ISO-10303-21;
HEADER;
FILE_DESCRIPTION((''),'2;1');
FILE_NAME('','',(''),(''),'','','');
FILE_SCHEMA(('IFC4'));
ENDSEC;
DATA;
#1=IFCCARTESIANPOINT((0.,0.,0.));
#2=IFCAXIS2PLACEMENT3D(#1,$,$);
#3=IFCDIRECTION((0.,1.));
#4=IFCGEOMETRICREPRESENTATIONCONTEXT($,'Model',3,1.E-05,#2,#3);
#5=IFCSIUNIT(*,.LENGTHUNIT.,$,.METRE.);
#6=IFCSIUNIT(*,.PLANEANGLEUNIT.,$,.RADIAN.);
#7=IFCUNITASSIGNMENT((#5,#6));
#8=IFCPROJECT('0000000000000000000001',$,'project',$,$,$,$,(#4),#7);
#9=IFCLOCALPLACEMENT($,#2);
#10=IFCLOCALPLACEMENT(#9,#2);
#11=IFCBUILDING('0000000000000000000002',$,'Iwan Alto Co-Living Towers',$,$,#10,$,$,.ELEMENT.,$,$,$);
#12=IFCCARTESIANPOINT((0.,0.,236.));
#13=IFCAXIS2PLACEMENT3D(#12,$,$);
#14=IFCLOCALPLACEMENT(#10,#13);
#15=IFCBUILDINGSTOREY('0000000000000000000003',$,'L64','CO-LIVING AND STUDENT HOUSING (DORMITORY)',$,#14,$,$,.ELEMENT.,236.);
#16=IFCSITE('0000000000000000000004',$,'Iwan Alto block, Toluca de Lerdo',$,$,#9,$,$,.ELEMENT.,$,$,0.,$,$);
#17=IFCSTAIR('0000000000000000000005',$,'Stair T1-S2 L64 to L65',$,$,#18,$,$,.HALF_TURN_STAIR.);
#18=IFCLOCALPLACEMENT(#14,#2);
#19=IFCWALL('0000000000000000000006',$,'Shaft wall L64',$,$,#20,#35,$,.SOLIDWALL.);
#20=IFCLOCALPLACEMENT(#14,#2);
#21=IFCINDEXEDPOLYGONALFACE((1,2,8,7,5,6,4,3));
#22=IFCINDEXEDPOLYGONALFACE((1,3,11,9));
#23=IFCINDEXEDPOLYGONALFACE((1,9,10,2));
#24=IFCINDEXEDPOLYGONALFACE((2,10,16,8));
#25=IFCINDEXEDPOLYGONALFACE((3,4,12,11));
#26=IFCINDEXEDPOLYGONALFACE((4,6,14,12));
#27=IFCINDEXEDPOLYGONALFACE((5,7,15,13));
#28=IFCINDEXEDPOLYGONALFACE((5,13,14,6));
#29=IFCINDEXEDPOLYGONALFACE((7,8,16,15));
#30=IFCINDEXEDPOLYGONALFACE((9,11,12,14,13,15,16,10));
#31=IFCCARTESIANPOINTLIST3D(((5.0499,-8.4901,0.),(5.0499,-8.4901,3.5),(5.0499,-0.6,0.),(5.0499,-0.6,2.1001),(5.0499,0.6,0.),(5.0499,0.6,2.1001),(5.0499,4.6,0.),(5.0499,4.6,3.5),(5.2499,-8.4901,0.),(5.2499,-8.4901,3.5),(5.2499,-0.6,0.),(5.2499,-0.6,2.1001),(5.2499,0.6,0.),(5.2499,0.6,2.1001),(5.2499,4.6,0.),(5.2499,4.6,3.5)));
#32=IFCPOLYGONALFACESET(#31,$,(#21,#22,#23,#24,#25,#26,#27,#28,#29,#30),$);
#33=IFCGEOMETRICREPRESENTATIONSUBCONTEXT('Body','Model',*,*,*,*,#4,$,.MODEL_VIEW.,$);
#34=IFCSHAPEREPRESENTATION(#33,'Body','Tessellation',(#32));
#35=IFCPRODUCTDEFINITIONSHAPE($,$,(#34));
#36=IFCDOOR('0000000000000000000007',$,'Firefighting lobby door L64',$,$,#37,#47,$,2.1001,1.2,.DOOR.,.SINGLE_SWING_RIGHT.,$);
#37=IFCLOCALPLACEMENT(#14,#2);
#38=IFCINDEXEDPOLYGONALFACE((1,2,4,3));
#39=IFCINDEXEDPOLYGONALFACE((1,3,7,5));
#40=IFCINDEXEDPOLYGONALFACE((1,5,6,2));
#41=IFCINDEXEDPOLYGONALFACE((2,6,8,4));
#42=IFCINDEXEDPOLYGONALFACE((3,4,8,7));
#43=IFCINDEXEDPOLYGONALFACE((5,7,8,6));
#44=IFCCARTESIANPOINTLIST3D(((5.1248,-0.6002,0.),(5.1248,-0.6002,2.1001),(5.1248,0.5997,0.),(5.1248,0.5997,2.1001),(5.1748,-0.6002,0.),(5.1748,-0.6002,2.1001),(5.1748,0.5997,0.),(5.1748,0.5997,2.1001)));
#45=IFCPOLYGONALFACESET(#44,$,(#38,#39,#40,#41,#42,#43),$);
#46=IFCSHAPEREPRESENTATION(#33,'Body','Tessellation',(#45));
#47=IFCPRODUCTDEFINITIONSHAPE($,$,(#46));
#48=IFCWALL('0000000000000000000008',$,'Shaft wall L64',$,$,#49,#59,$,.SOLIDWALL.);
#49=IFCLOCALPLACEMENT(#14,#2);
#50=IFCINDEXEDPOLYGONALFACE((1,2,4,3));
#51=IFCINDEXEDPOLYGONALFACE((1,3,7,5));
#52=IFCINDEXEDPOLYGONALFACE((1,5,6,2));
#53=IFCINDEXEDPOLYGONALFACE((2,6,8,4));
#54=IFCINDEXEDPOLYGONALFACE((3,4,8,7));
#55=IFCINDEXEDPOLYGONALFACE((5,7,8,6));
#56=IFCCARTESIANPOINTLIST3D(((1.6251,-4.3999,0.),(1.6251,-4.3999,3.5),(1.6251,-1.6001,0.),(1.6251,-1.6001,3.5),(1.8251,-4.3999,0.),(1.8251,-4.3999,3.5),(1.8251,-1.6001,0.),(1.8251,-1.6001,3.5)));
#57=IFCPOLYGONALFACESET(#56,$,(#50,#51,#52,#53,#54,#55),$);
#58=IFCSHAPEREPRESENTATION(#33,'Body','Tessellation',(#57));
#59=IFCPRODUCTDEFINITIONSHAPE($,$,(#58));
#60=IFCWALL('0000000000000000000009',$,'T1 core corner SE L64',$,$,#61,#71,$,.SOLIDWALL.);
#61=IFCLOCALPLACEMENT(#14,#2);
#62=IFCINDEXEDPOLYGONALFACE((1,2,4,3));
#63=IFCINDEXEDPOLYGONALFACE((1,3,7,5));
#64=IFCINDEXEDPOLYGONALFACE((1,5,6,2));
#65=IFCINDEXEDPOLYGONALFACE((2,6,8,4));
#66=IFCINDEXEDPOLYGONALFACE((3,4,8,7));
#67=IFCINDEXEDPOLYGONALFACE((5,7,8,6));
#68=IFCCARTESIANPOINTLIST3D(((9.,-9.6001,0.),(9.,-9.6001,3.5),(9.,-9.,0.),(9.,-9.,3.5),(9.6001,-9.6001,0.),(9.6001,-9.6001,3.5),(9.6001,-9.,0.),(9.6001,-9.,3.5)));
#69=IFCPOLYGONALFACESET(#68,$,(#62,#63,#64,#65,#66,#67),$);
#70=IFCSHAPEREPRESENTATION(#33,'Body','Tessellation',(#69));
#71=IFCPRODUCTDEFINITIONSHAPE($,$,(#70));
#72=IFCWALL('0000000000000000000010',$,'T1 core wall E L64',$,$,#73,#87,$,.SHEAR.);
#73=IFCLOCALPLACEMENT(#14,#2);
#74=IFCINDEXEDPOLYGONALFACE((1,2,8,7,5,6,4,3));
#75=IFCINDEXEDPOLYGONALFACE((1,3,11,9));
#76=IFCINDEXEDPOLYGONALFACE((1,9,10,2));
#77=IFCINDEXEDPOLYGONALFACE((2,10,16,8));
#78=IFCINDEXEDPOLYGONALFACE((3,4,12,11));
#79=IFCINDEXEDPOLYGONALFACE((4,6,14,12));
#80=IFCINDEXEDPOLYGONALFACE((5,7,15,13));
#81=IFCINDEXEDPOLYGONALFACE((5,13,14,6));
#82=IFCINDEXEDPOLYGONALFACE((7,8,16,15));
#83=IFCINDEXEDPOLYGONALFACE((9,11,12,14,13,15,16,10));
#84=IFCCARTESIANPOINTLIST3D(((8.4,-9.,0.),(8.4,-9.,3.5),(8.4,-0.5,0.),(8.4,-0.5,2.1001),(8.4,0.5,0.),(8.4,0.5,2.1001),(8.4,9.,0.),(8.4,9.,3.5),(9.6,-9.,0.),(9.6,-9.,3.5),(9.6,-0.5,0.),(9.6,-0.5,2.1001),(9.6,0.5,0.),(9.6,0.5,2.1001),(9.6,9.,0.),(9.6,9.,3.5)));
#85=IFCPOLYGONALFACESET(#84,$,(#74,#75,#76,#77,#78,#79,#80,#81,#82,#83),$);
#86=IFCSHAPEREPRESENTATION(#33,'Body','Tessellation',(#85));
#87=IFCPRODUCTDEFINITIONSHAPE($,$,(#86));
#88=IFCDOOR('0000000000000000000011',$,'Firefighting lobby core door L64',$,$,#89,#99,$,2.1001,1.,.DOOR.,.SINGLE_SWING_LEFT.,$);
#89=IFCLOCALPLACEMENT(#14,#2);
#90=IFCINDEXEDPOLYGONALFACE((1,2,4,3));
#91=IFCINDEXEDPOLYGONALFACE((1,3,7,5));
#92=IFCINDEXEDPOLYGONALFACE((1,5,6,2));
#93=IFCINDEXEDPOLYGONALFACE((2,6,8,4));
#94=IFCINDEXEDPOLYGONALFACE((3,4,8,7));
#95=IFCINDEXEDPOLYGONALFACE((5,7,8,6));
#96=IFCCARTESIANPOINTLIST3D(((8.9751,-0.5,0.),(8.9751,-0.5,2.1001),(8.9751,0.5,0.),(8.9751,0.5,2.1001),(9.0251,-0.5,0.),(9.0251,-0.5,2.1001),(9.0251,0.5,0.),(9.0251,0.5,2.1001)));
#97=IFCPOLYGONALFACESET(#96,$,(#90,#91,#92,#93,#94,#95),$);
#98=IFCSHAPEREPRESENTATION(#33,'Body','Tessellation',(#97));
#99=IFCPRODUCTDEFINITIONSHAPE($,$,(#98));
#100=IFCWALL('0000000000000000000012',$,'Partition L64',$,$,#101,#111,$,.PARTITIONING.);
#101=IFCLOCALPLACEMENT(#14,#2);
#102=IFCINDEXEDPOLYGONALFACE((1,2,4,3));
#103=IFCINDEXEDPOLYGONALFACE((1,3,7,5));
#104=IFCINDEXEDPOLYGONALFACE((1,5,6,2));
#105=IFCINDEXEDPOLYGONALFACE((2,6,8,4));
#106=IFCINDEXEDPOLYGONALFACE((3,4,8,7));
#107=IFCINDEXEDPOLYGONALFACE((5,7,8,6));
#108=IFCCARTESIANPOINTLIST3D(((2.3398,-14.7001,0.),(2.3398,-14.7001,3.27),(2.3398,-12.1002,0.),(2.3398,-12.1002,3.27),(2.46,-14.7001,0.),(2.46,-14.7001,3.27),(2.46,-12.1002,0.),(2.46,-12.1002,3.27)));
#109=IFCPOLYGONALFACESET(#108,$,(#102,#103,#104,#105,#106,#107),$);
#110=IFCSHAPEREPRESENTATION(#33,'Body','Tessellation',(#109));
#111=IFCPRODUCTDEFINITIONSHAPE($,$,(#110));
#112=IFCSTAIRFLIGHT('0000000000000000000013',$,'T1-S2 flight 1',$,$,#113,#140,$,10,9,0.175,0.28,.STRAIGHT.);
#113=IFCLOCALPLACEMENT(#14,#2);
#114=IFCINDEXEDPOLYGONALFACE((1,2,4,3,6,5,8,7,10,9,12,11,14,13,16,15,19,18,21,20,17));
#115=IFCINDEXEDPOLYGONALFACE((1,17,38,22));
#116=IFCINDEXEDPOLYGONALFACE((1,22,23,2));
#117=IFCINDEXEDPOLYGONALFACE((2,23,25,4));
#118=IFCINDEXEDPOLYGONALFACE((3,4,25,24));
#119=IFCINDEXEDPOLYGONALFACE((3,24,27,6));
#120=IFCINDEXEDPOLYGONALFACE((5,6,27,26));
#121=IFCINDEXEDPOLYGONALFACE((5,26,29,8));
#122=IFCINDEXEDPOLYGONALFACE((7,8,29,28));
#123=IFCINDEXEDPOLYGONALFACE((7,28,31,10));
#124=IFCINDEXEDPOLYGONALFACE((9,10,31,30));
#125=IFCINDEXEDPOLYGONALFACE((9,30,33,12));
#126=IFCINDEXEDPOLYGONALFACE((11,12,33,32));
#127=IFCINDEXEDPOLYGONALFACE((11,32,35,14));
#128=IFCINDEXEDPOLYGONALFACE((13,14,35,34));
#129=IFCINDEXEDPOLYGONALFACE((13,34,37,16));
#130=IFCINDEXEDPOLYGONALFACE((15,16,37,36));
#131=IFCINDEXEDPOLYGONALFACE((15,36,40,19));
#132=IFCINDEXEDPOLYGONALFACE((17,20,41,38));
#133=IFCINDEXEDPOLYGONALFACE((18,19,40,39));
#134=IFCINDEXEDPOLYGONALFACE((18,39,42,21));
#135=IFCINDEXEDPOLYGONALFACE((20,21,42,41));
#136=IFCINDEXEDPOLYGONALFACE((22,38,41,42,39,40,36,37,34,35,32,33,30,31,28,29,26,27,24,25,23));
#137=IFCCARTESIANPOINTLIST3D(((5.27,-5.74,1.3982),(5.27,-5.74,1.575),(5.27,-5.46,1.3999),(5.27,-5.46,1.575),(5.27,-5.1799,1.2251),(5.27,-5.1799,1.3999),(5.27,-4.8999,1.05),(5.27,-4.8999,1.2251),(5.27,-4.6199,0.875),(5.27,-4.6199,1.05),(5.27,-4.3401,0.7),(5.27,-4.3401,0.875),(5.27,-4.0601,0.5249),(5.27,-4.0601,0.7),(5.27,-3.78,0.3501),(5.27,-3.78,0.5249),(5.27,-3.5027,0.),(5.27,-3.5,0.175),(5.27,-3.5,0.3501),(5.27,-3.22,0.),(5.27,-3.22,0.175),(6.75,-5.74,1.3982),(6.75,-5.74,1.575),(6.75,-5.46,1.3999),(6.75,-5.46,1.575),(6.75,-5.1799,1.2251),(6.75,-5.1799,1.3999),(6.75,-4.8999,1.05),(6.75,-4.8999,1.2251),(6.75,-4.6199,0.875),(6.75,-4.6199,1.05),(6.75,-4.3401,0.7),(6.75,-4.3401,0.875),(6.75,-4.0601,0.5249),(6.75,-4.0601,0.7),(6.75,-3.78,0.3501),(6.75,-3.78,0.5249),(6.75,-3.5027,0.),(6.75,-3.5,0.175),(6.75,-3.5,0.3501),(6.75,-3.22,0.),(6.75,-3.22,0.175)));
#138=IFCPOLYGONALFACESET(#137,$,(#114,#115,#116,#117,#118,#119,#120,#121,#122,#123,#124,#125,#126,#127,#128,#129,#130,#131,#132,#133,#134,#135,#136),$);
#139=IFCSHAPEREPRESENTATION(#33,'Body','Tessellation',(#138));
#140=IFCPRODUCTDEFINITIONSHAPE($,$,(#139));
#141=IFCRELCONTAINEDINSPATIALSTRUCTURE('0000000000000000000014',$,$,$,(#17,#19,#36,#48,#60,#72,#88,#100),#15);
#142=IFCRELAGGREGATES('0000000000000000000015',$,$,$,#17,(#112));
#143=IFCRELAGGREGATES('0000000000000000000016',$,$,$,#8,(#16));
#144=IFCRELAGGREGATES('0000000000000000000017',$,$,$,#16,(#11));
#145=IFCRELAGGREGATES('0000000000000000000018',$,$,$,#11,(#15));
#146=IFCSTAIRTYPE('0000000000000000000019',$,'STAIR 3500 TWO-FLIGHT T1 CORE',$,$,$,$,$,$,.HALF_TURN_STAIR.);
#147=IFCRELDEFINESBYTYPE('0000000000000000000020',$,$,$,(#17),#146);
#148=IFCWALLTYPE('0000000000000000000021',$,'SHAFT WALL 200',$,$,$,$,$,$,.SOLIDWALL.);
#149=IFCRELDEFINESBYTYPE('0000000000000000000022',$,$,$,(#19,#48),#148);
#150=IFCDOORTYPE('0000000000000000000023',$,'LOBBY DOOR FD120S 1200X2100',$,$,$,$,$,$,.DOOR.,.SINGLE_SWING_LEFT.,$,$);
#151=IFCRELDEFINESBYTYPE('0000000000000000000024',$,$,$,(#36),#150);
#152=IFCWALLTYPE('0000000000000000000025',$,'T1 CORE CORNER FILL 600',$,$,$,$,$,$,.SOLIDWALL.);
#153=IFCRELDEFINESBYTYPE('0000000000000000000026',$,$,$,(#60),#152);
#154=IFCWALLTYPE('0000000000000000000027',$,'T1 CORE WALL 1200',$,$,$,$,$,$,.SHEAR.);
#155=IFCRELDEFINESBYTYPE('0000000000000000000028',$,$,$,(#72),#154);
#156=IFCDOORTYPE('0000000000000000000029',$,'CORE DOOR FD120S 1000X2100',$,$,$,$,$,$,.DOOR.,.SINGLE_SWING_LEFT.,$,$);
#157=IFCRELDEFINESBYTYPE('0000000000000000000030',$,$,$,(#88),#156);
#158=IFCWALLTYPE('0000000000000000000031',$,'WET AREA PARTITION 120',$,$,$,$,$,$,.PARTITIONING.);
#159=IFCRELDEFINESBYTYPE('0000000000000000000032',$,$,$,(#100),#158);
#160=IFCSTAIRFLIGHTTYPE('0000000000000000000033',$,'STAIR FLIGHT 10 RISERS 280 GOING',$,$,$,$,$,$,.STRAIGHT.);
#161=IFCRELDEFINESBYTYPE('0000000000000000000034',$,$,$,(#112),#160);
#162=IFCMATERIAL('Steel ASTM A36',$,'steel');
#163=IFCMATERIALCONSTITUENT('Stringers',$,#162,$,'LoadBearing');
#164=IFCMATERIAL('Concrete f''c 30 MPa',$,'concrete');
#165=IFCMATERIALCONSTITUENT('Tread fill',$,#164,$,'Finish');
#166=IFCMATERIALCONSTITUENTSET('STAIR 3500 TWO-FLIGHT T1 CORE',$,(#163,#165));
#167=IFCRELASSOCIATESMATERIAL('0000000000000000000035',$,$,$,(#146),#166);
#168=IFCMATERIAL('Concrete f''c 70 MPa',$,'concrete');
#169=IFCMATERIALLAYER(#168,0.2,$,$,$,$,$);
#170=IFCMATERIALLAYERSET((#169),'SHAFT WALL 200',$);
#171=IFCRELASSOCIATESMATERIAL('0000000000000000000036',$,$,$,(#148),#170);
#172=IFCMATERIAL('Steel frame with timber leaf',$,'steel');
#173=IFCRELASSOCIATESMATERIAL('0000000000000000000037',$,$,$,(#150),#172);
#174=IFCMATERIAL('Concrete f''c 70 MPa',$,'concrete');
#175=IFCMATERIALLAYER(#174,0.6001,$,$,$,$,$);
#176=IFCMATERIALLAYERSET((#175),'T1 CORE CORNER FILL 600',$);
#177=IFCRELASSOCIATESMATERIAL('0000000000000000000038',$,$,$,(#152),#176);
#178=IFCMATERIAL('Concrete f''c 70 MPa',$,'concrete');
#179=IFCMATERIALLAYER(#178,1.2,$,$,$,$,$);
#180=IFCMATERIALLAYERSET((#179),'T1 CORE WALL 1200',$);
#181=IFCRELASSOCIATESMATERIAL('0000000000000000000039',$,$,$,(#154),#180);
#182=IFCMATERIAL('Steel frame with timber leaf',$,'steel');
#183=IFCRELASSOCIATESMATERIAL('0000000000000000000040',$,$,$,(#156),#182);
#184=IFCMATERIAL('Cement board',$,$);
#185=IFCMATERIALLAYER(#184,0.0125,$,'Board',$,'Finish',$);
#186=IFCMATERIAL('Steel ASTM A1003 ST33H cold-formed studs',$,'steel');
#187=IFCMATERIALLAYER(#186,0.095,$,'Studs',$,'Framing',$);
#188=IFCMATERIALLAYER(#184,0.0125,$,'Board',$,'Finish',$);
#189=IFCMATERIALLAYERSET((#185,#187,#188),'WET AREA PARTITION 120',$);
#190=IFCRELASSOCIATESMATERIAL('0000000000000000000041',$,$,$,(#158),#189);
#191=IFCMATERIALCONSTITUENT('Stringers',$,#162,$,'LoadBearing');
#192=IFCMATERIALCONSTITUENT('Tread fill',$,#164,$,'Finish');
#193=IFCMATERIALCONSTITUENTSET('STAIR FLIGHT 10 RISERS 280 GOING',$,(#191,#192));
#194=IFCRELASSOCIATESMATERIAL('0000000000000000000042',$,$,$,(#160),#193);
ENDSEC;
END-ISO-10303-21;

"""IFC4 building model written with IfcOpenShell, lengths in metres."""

from ifc_helpers import new_model, si_unit, direction, frame, frame_2d, origin, place, context, subcontext, project, spatial, polyline, rectangle, outline, extrude, material, layer, layer_set, constituent, constituent_set, type_object, element, fill, aggregate, save


model = new_model("IFC4")

# Units and contexts
model_context = context("Model", 3, precision=1e-05, world=origin(), true_north=direction((0.0, 1.0)))
body_context = subcontext(model_context, "Body", "Model", "MODEL_VIEW")
ifc_project = project(units=[si_unit("LENGTHUNIT", "METRE"), si_unit("PLANEANGLEUNIT", "RADIAN")], contexts=[model_context])

# Site, building, storey
site_placement = place(None, origin())
site = spatial("IfcSite", under=ifc_project, at=site_placement, Name="Iwan Alto block, Toluca de Lerdo", CompositionType="ELEMENT", RefElevation=0.0)
building_placement = place(site_placement, origin())
building = spatial("IfcBuilding", under=site, at=building_placement, Name="Iwan Alto Co-Living Towers", CompositionType="ELEMENT")
storey_placement = place(building_placement, frame((0.0, 0.0, 236.0)))
storey = spatial("IfcBuildingStorey", under=building, at=storey_placement, Name="L64", Description="CO-LIVING AND STUDENT HOUSING (DORMITORY)", CompositionType="ELEMENT", Elevation=236.0)

# Stair
ifc_material_1 = material(Name="Steel ASTM A36", Category="steel")
ifc_constituent_1 = constituent(ifc_material_1, Name="Stringers", Category="LoadBearing")
ifc_material_2 = material(Name="Concrete f'c 30 MPa", Category="concrete")
ifc_constituent_2 = constituent(ifc_material_2, Name="Tread fill", Category="Finish")
ifc_constituent_set_1 = constituent_set(constituents=[ifc_constituent_1, ifc_constituent_2], Name="STAIR 3500 TWO-FLIGHT T1 CORE")
stair_type = type_object("IfcStairType", Name="STAIR 3500 TWO-FLIGHT T1 CORE", PredefinedType="HALF_TURN_STAIR", material=ifc_constituent_set_1)
stair_1_placement = place(storey_placement, origin())
stair_1 = element("IfcStair", 1, at=stair_1_placement, inside=storey, type_object=stair_type, Name="Stair T1-S2 L64 to L65", PredefinedType="HALF_TURN_STAIR")

# Wall, opening, door
ifc_material_3 = material(Name="Concrete f'c 70 MPa", Category="concrete")
ifc_layer_1 = layer(ifc_material_3, 0.2)
ifc_layer_set_1 = layer_set([ifc_layer_1], Name="SHAFT WALL 200")
wall_type_1 = type_object("IfcWallType", Name="SHAFT WALL 200", PredefinedType="SOLIDWALL", material=ifc_layer_set_1)
wall_1_placement = place(storey_placement, frame((5.1499, -8.49, 0.0), z_axis=(0.0, 0.0, 1.0), x_axis=(0.0, 1.0, 0.0)))
wall_1 = element("IfcWall", 2, at=wall_1_placement, inside=storey, type_object=wall_type_1, Name="Shaft wall L64", PredefinedType="SOLIDWALL", context=body_context, shape_type="SweptSolid", body=[
    extrude(rectangle(XDim=13.0901, YDim=0.2, at=frame_2d((6.5449, 0.0))), origin(), (0.0, 0.0, 1.0), 3.5),
])
opening_1_placement = place(wall_1_placement, frame((7.8899, 0.0, 0.0)))
opening_1 = element("IfcOpeningElement", 3, at=opening_1_placement, cuts=wall_1, PredefinedType="OPENING", context=body_context, shape_type="SweptSolid", body=[
    extrude(rectangle(XDim=1.2, YDim=2.1001, at=frame_2d((0.6001, 1.05))), frame((0.0, 0.1099, 0.0), z_axis=(0.0, -1.0, 0.0), x_axis=(1.0, 0.0, 0.0)), (0.0, 0.0, 1.0), 0.22),
])
ifc_material_4 = material(Name="Steel frame with timber leaf", Category="steel")
door_type_1 = type_object("IfcDoorType", Name="LOBBY DOOR FD120S 1200X2100", OperationType="SINGLE_SWING_LEFT", PredefinedType="DOOR", material=ifc_material_4)
door_1_placement = place(opening_1_placement, frame((1.2, 0.0, 0.0), z_axis=(0.0, 0.0, 1.0), x_axis=(-1.0, 0.0, 0.0)))
door_1 = element("IfcDoor", 4, at=door_1_placement, inside=storey, type_object=door_type_1, Name="Firefighting lobby door L64", OperationType="SINGLE_SWING_RIGHT", OverallHeight=2.1001, OverallWidth=1.2, PredefinedType="DOOR", context=body_context, shape_type="SweptSolid", body=[
    extrude(rectangle(XDim=1.2, YDim=2.1001, at=frame_2d((0.6001, 1.05))), frame((0.0, 0.0249, 0.0), z_axis=(0.0, -1.0, 0.0), x_axis=(1.0, 0.0, 0.0)), (0.0, 0.0, 1.0), 0.05),
])
fill(opening_1, door_1)

# Walls
wall_2_placement = place(storey_placement, frame((1.7251, -4.3999, 0.0), z_axis=(0.0, 0.0, 1.0), x_axis=(0.0, 1.0, 0.0)))
element("IfcWall", 5, at=wall_2_placement, inside=storey, type_object=wall_type_1, Name="Shaft wall L64", PredefinedType="SOLIDWALL", context=body_context, shape_type="SweptSolid", body=[
    extrude(rectangle(XDim=2.7998, YDim=0.2, at=frame_2d((1.3999, 0.0))), origin(), (0.0, 0.0, 1.0), 3.5),
])
ifc_material_5 = material(Name="Concrete f'c 70 MPa", Category="concrete")
ifc_layer_2 = layer(ifc_material_5, 0.6001)
ifc_layer_set_2 = layer_set([ifc_layer_2], Name="T1 CORE CORNER FILL 600")
wall_type_2 = type_object("IfcWallType", Name="T1 CORE CORNER FILL 600", PredefinedType="SOLIDWALL", material=ifc_layer_set_2)
wall_3_placement = place(storey_placement, frame((9.0, -9.3, 0.0), z_axis=(0.0, 0.0, 1.0), x_axis=(1.0, 0.0, 0.0)))
element("IfcWall", 6, at=wall_3_placement, inside=storey, type_object=wall_type_2, Name="T1 core corner SE L64", PredefinedType="SOLIDWALL", context=body_context, shape_type="SweptSolid", body=[
    extrude(rectangle(XDim=0.6001, YDim=0.6001, at=frame_2d((0.3, 0.0))), origin(), (0.0, 0.0, 1.0), 3.5),
])

# Wall, opening, door
ifc_material_6 = material(Name="Concrete f'c 70 MPa", Category="concrete")
ifc_layer_3 = layer(ifc_material_6, 1.2)
ifc_layer_set_3 = layer_set([ifc_layer_3], Name="T1 CORE WALL 1200")
wall_type_3 = type_object("IfcWallType", Name="T1 CORE WALL 1200", PredefinedType="SHEAR", material=ifc_layer_set_3)
wall_4_placement = place(storey_placement, frame((9.0, -9.0, 0.0), z_axis=(0.0, 0.0, 1.0), x_axis=(0.0, 1.0, 0.0)))
wall_4 = element("IfcWall", 7, at=wall_4_placement, inside=storey, type_object=wall_type_3, Name="T1 core wall E L64", PredefinedType="SHEAR", context=body_context, shape_type="SweptSolid", body=[
    extrude(rectangle(XDim=18.0, YDim=1.2, at=frame_2d((9.0, 0.0))), origin(), (0.0, 0.0, 1.0), 3.5),
])
opening_2_placement = place(wall_4_placement, frame((8.5, 0.0, 0.0)))
opening_2 = element("IfcOpeningElement", 8, at=opening_2_placement, cuts=wall_4, PredefinedType="OPENING", context=body_context, shape_type="SweptSolid", body=[
    extrude(rectangle(XDim=1.0, YDim=2.1001, at=frame_2d((0.5, 1.05))), frame((0.0, 0.6099, 0.0), z_axis=(0.0, -1.0, 0.0), x_axis=(1.0, 0.0, 0.0)), (0.0, 0.0, 1.0), 1.22),
])
ifc_material_7 = material(Name="Steel frame with timber leaf", Category="steel")
door_type_2 = type_object("IfcDoorType", Name="CORE DOOR FD120S 1000X2100", OperationType="SINGLE_SWING_LEFT", PredefinedType="DOOR", material=ifc_material_7)
door_2_placement = place(opening_2_placement, origin())
door_2 = element("IfcDoor", 9, at=door_2_placement, inside=storey, type_object=door_type_2, Name="Firefighting lobby core door L64", OperationType="SINGLE_SWING_LEFT", OverallHeight=2.1001, OverallWidth=1.0, PredefinedType="DOOR", context=body_context, shape_type="SweptSolid", body=[
    extrude(rectangle(XDim=1.0, YDim=2.1001, at=frame_2d((0.5, 1.05))), frame((0.0, 0.0249, 0.0), z_axis=(0.0, -1.0, 0.0), x_axis=(1.0, 0.0, 0.0)), (0.0, 0.0, 1.0), 0.05),
])
fill(opening_2, door_2)

# Wall
ifc_material_8 = material(Name="Cement board")
ifc_layer_4 = layer(ifc_material_8, 0.0125, Name="Board", Category="Finish")
ifc_material_9 = material(Name="Steel ASTM A1003 ST33H cold-formed studs", Category="steel")
ifc_layer_5 = layer(ifc_material_9, 0.095, Name="Studs", Category="Framing")
ifc_layer_6 = layer(ifc_material_8, 0.0125, Name="Board", Category="Finish")
ifc_layer_set_4 = layer_set([ifc_layer_4, ifc_layer_5, ifc_layer_6], Name="WET AREA PARTITION 120")
wall_type_4 = type_object("IfcWallType", Name="WET AREA PARTITION 120", PredefinedType="PARTITIONING", material=ifc_layer_set_4)
wall_5_placement = place(storey_placement, frame((2.3999, -14.7, 0.0), z_axis=(0.0, 0.0, 1.0), x_axis=(0.0, 1.0, 0.0)))
element("IfcWall", 10, at=wall_5_placement, inside=storey, type_object=wall_type_4, Name="Partition L64", PredefinedType="PARTITIONING", context=body_context, shape_type="SweptSolid", body=[
    extrude(rectangle(XDim=2.5999, YDim=0.1201, at=frame_2d((1.2998, 0.0))), origin(), (0.0, 0.0, 1.0), 3.27),
])

# Stair flight
ifc_constituent_3 = constituent(ifc_material_1, Name="Stringers", Category="LoadBearing")
ifc_constituent_4 = constituent(ifc_material_2, Name="Tread fill", Category="Finish")
ifc_constituent_set_2 = constituent_set(constituents=[ifc_constituent_3, ifc_constituent_4], Name="STAIR FLIGHT 10 RISERS 280 GOING")
stair_flight_type = type_object("IfcStairFlightType", Name="STAIR FLIGHT 10 RISERS 280 GOING", PredefinedType="STRAIGHT", material=ifc_constituent_set_2)
stair_flight_1_placement = place(storey_placement, frame((6.01, -3.22, 0.0), z_axis=(0.0, 0.0, 1.0), x_axis=(0.0, -1.0, 0.0)))
stair_flight_1 = element("IfcStairFlight", 11, at=stair_flight_1_placement, type_object=stair_flight_type, Name="T1-S2 flight 1", NumberOfRisers=10, NumberOfTreads=9, PredefinedType="STRAIGHT", RiserHeight=0.175, TreadLength=0.28, context=body_context, shape_type="SweptSolid", body=[
    extrude(outline(polyline([(0.0, 0.0), (0.0, 0.175), (0.28, 0.175), (0.28, 0.3501), (0.5601, 0.3501), (0.5601, 0.5249), (0.8401, 0.5249), (0.8401, 0.7), (1.1201, 0.7), (1.1201, 0.875), (1.3999, 0.875), (1.3999, 1.05), (1.6799, 1.05), (1.6799, 1.2251), (1.96, 1.2251), (1.96, 1.3999), (2.24, 1.3999), (2.24, 1.575), (2.52, 1.575), (2.52, 1.75), (2.52, 1.3982), (0.2827, 0.0), (0.0, 0.0)])), frame((0.0, 0.74, 0.0), z_axis=(0.0, -1.0, 0.0), x_axis=(1.0, 0.0, 0.0)), (0.0, 0.0, 1.0), 1.48),
])
aggregate(stair_1, [stair_flight_1])

save(model, "model.ifc")
